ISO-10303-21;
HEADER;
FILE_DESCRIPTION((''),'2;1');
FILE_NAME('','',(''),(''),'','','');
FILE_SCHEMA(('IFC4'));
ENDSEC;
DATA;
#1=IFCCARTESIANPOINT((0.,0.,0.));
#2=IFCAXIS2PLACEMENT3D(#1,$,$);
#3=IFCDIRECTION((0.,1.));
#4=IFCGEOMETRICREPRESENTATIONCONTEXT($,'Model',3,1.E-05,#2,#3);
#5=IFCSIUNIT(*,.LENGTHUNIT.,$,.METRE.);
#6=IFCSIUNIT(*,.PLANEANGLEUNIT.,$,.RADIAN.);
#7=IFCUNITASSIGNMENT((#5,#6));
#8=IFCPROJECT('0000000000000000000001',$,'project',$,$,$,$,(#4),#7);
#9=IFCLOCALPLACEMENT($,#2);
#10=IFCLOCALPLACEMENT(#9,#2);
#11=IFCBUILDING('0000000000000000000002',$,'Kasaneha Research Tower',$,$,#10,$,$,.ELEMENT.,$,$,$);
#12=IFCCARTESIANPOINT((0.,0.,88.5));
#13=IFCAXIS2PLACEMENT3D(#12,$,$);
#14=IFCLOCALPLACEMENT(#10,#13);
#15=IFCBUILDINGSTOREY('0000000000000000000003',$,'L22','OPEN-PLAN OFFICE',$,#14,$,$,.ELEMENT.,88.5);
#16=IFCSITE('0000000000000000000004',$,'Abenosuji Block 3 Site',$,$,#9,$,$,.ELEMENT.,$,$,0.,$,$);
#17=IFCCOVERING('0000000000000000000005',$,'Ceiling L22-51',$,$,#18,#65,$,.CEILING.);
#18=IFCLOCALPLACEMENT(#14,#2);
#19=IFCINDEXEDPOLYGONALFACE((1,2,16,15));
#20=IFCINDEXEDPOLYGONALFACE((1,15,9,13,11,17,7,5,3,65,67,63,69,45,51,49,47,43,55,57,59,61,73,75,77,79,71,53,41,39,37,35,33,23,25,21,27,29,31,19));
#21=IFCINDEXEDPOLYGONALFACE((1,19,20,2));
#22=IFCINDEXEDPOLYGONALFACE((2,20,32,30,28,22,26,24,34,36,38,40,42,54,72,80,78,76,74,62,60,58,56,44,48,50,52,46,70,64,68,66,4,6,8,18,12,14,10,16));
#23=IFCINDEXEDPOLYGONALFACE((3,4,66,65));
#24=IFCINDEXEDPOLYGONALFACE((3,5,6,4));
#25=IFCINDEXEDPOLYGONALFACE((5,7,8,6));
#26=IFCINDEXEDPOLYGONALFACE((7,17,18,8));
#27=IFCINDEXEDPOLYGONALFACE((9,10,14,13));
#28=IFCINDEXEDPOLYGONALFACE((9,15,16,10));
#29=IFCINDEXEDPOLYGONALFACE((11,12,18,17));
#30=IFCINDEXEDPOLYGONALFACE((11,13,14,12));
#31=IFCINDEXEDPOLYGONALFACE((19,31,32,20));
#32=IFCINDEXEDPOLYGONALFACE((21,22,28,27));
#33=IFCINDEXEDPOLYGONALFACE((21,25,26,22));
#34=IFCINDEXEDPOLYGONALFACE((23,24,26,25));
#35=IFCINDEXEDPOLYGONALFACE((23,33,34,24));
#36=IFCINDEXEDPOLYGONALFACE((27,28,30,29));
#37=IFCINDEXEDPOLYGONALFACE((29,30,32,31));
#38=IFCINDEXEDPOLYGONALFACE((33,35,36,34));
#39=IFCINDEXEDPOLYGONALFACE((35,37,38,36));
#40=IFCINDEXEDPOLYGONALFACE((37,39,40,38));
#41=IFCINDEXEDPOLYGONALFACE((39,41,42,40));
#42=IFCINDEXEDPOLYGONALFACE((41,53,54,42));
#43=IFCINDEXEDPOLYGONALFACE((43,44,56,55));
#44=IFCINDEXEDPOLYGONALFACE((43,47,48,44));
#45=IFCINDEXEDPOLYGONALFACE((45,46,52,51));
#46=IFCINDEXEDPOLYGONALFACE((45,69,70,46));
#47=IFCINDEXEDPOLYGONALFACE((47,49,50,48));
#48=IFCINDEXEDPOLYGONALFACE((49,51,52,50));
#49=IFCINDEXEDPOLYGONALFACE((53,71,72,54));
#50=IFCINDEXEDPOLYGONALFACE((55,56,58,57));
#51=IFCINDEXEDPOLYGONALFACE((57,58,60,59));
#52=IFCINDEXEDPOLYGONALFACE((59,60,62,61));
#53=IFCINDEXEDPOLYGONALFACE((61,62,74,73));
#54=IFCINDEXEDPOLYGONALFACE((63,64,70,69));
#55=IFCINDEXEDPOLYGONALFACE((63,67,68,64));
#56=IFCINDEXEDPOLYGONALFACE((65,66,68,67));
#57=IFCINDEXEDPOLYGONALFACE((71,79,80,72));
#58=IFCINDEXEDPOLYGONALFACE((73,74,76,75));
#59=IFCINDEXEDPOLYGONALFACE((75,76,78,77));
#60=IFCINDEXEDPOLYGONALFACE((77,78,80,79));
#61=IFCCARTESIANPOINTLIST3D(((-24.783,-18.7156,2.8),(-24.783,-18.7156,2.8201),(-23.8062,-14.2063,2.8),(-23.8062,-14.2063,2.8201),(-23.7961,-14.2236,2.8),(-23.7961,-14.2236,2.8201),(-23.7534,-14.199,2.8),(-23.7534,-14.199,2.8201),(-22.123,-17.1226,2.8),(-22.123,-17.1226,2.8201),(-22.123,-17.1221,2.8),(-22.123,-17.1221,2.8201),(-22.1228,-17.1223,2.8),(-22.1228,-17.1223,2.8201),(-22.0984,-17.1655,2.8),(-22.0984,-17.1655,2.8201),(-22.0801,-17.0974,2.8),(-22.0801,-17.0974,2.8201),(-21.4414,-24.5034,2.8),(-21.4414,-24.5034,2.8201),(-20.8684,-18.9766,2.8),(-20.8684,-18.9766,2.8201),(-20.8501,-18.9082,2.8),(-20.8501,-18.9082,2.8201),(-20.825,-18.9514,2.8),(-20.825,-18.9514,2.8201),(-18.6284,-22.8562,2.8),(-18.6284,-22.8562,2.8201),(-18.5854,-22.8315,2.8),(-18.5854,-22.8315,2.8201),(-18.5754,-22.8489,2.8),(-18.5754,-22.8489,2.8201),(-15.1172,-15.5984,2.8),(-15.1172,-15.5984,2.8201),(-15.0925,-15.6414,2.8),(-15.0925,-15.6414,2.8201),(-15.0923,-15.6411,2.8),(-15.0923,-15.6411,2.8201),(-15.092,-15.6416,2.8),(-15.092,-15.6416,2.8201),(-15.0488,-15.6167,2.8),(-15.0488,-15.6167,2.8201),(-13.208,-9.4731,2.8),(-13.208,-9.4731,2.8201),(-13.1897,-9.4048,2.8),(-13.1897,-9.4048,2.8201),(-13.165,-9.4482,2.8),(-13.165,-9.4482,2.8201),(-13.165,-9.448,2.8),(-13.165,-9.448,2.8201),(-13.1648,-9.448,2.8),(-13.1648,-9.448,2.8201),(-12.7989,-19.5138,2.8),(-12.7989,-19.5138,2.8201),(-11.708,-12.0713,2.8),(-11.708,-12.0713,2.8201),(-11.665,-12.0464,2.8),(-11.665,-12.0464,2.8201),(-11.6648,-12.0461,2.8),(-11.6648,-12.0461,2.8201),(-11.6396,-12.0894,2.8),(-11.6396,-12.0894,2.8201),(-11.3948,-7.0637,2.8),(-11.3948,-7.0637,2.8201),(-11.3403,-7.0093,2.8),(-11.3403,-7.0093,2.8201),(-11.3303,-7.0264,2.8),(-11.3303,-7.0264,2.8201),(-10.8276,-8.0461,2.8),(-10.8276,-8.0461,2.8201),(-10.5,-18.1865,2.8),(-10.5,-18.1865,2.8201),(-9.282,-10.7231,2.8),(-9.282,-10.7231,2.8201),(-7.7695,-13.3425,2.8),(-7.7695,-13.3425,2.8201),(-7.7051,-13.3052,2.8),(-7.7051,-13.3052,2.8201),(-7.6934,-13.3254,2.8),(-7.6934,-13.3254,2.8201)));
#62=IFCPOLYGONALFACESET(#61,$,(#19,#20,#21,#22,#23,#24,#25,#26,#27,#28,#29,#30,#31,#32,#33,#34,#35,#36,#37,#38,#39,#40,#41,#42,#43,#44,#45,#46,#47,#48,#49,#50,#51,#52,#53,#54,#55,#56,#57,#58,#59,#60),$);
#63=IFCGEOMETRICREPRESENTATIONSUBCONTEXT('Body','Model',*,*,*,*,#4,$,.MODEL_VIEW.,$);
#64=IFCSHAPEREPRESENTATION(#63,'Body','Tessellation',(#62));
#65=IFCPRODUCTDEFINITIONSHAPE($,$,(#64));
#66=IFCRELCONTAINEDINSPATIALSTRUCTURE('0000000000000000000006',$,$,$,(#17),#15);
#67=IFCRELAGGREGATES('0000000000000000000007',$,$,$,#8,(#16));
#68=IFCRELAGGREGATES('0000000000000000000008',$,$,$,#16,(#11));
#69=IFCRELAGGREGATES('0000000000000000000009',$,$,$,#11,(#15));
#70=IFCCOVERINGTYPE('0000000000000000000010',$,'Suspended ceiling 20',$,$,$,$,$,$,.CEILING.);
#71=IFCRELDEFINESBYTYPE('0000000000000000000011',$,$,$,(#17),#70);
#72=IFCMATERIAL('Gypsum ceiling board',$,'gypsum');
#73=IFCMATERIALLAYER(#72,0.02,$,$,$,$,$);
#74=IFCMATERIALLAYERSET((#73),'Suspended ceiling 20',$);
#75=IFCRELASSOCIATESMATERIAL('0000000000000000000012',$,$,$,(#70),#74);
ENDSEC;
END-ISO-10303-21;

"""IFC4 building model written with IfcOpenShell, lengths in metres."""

from ifc_helpers import new_model, si_unit, direction, frame, origin, place, context, subcontext, project, spatial, polyline, outline, extrude, material, layer, layer_set, type_object, element, save


model = new_model("IFC4")

# Units and contexts
model_context = context("Model", 3, precision=1e-05, world=origin(), true_north=direction((0.0, 1.0)))
body_context = subcontext(model_context, "Body", "Model", "MODEL_VIEW")
ifc_project = project(units=[si_unit("LENGTHUNIT", "METRE"), si_unit("PLANEANGLEUNIT", "RADIAN")], contexts=[model_context])

# Site, building, storey
site_placement = place(None, origin())
site = spatial("IfcSite", under=ifc_project, at=site_placement, Name="Abenosuji Block 3 Site", CompositionType="ELEMENT", RefElevation=0.0)
building_placement = place(site_placement, origin())
building = spatial("IfcBuilding", under=site, at=building_placement, Name="Kasaneha Research Tower", CompositionType="ELEMENT")
storey_placement = place(building_placement, frame((0.0, 0.0, 88.5)))
storey = spatial("IfcBuildingStorey", under=building, at=storey_placement, Name="L22", Description="OPEN-PLAN OFFICE", CompositionType="ELEMENT", Elevation=88.5)

# Covering
ifc_material_1 = material(Name="Gypsum ceiling board", Category="gypsum")
ifc_layer_1 = layer(ifc_material_1, 0.02)
ifc_layer_set_1 = layer_set([ifc_layer_1], Name="Suspended ceiling 20")
covering_type = type_object("IfcCoveringType", Name="Suspended ceiling 20", PredefinedType="CEILING", material=ifc_layer_set_1)
covering_1_placement = place(storey_placement, frame((0.0, 0.0, 2.8)))
element("IfcCovering", 1, at=covering_1_placement, inside=storey, type_object=covering_type, Name="Ceiling L22-51", PredefinedType="CEILING", context=body_context, shape_type="SweptSolid", body=[
    extrude(outline(polyline([(-13.165, -9.448), (-13.165, -9.4482), (-13.208, -9.4731), (-11.708, -12.0713), (-11.665, -12.0464), (-11.665, -12.0464), (-11.6648, -12.0461), (-11.6396, -12.0894), (-9.282, -10.7231), (-7.7695, -13.3425), (-7.7051, -13.3052), (-7.6934, -13.3254), (-10.5, -18.1865), (-12.8418, -19.5386), (-12.8418, -19.5386), (-12.7988, -19.5139), (-15.0488, -15.6167), (-15.092, -15.6416), (-15.0923, -15.6411), (-15.0925, -15.6414), (-15.1172, -15.5984), (-20.8501, -18.9082), (-20.825, -18.9514), (-20.8684, -18.9766), (-18.6284, -22.8562), (-18.5854, -22.8315), (-18.5754, -22.8489), (-21.4414, -24.5034), (-24.783, -18.7156), (-22.0984, -17.1655), (-22.123, -17.1226), (-22.1228, -17.1223), (-22.123, -17.1221), (-22.0801, -17.0974), (-23.7534, -14.199), (-23.7961, -14.2236), (-23.8062, -14.2063), (-11.3403, -7.0093), (-11.3303, -7.0264), (-11.3948, -7.0637), (-10.8276, -8.0461), (-13.1897, -9.4048), (-13.1648, -9.448), (-13.165, -9.448)])), origin(), (0.0, 0.0, 1.0), 0.02),
])

save(model, "model.ifc")
